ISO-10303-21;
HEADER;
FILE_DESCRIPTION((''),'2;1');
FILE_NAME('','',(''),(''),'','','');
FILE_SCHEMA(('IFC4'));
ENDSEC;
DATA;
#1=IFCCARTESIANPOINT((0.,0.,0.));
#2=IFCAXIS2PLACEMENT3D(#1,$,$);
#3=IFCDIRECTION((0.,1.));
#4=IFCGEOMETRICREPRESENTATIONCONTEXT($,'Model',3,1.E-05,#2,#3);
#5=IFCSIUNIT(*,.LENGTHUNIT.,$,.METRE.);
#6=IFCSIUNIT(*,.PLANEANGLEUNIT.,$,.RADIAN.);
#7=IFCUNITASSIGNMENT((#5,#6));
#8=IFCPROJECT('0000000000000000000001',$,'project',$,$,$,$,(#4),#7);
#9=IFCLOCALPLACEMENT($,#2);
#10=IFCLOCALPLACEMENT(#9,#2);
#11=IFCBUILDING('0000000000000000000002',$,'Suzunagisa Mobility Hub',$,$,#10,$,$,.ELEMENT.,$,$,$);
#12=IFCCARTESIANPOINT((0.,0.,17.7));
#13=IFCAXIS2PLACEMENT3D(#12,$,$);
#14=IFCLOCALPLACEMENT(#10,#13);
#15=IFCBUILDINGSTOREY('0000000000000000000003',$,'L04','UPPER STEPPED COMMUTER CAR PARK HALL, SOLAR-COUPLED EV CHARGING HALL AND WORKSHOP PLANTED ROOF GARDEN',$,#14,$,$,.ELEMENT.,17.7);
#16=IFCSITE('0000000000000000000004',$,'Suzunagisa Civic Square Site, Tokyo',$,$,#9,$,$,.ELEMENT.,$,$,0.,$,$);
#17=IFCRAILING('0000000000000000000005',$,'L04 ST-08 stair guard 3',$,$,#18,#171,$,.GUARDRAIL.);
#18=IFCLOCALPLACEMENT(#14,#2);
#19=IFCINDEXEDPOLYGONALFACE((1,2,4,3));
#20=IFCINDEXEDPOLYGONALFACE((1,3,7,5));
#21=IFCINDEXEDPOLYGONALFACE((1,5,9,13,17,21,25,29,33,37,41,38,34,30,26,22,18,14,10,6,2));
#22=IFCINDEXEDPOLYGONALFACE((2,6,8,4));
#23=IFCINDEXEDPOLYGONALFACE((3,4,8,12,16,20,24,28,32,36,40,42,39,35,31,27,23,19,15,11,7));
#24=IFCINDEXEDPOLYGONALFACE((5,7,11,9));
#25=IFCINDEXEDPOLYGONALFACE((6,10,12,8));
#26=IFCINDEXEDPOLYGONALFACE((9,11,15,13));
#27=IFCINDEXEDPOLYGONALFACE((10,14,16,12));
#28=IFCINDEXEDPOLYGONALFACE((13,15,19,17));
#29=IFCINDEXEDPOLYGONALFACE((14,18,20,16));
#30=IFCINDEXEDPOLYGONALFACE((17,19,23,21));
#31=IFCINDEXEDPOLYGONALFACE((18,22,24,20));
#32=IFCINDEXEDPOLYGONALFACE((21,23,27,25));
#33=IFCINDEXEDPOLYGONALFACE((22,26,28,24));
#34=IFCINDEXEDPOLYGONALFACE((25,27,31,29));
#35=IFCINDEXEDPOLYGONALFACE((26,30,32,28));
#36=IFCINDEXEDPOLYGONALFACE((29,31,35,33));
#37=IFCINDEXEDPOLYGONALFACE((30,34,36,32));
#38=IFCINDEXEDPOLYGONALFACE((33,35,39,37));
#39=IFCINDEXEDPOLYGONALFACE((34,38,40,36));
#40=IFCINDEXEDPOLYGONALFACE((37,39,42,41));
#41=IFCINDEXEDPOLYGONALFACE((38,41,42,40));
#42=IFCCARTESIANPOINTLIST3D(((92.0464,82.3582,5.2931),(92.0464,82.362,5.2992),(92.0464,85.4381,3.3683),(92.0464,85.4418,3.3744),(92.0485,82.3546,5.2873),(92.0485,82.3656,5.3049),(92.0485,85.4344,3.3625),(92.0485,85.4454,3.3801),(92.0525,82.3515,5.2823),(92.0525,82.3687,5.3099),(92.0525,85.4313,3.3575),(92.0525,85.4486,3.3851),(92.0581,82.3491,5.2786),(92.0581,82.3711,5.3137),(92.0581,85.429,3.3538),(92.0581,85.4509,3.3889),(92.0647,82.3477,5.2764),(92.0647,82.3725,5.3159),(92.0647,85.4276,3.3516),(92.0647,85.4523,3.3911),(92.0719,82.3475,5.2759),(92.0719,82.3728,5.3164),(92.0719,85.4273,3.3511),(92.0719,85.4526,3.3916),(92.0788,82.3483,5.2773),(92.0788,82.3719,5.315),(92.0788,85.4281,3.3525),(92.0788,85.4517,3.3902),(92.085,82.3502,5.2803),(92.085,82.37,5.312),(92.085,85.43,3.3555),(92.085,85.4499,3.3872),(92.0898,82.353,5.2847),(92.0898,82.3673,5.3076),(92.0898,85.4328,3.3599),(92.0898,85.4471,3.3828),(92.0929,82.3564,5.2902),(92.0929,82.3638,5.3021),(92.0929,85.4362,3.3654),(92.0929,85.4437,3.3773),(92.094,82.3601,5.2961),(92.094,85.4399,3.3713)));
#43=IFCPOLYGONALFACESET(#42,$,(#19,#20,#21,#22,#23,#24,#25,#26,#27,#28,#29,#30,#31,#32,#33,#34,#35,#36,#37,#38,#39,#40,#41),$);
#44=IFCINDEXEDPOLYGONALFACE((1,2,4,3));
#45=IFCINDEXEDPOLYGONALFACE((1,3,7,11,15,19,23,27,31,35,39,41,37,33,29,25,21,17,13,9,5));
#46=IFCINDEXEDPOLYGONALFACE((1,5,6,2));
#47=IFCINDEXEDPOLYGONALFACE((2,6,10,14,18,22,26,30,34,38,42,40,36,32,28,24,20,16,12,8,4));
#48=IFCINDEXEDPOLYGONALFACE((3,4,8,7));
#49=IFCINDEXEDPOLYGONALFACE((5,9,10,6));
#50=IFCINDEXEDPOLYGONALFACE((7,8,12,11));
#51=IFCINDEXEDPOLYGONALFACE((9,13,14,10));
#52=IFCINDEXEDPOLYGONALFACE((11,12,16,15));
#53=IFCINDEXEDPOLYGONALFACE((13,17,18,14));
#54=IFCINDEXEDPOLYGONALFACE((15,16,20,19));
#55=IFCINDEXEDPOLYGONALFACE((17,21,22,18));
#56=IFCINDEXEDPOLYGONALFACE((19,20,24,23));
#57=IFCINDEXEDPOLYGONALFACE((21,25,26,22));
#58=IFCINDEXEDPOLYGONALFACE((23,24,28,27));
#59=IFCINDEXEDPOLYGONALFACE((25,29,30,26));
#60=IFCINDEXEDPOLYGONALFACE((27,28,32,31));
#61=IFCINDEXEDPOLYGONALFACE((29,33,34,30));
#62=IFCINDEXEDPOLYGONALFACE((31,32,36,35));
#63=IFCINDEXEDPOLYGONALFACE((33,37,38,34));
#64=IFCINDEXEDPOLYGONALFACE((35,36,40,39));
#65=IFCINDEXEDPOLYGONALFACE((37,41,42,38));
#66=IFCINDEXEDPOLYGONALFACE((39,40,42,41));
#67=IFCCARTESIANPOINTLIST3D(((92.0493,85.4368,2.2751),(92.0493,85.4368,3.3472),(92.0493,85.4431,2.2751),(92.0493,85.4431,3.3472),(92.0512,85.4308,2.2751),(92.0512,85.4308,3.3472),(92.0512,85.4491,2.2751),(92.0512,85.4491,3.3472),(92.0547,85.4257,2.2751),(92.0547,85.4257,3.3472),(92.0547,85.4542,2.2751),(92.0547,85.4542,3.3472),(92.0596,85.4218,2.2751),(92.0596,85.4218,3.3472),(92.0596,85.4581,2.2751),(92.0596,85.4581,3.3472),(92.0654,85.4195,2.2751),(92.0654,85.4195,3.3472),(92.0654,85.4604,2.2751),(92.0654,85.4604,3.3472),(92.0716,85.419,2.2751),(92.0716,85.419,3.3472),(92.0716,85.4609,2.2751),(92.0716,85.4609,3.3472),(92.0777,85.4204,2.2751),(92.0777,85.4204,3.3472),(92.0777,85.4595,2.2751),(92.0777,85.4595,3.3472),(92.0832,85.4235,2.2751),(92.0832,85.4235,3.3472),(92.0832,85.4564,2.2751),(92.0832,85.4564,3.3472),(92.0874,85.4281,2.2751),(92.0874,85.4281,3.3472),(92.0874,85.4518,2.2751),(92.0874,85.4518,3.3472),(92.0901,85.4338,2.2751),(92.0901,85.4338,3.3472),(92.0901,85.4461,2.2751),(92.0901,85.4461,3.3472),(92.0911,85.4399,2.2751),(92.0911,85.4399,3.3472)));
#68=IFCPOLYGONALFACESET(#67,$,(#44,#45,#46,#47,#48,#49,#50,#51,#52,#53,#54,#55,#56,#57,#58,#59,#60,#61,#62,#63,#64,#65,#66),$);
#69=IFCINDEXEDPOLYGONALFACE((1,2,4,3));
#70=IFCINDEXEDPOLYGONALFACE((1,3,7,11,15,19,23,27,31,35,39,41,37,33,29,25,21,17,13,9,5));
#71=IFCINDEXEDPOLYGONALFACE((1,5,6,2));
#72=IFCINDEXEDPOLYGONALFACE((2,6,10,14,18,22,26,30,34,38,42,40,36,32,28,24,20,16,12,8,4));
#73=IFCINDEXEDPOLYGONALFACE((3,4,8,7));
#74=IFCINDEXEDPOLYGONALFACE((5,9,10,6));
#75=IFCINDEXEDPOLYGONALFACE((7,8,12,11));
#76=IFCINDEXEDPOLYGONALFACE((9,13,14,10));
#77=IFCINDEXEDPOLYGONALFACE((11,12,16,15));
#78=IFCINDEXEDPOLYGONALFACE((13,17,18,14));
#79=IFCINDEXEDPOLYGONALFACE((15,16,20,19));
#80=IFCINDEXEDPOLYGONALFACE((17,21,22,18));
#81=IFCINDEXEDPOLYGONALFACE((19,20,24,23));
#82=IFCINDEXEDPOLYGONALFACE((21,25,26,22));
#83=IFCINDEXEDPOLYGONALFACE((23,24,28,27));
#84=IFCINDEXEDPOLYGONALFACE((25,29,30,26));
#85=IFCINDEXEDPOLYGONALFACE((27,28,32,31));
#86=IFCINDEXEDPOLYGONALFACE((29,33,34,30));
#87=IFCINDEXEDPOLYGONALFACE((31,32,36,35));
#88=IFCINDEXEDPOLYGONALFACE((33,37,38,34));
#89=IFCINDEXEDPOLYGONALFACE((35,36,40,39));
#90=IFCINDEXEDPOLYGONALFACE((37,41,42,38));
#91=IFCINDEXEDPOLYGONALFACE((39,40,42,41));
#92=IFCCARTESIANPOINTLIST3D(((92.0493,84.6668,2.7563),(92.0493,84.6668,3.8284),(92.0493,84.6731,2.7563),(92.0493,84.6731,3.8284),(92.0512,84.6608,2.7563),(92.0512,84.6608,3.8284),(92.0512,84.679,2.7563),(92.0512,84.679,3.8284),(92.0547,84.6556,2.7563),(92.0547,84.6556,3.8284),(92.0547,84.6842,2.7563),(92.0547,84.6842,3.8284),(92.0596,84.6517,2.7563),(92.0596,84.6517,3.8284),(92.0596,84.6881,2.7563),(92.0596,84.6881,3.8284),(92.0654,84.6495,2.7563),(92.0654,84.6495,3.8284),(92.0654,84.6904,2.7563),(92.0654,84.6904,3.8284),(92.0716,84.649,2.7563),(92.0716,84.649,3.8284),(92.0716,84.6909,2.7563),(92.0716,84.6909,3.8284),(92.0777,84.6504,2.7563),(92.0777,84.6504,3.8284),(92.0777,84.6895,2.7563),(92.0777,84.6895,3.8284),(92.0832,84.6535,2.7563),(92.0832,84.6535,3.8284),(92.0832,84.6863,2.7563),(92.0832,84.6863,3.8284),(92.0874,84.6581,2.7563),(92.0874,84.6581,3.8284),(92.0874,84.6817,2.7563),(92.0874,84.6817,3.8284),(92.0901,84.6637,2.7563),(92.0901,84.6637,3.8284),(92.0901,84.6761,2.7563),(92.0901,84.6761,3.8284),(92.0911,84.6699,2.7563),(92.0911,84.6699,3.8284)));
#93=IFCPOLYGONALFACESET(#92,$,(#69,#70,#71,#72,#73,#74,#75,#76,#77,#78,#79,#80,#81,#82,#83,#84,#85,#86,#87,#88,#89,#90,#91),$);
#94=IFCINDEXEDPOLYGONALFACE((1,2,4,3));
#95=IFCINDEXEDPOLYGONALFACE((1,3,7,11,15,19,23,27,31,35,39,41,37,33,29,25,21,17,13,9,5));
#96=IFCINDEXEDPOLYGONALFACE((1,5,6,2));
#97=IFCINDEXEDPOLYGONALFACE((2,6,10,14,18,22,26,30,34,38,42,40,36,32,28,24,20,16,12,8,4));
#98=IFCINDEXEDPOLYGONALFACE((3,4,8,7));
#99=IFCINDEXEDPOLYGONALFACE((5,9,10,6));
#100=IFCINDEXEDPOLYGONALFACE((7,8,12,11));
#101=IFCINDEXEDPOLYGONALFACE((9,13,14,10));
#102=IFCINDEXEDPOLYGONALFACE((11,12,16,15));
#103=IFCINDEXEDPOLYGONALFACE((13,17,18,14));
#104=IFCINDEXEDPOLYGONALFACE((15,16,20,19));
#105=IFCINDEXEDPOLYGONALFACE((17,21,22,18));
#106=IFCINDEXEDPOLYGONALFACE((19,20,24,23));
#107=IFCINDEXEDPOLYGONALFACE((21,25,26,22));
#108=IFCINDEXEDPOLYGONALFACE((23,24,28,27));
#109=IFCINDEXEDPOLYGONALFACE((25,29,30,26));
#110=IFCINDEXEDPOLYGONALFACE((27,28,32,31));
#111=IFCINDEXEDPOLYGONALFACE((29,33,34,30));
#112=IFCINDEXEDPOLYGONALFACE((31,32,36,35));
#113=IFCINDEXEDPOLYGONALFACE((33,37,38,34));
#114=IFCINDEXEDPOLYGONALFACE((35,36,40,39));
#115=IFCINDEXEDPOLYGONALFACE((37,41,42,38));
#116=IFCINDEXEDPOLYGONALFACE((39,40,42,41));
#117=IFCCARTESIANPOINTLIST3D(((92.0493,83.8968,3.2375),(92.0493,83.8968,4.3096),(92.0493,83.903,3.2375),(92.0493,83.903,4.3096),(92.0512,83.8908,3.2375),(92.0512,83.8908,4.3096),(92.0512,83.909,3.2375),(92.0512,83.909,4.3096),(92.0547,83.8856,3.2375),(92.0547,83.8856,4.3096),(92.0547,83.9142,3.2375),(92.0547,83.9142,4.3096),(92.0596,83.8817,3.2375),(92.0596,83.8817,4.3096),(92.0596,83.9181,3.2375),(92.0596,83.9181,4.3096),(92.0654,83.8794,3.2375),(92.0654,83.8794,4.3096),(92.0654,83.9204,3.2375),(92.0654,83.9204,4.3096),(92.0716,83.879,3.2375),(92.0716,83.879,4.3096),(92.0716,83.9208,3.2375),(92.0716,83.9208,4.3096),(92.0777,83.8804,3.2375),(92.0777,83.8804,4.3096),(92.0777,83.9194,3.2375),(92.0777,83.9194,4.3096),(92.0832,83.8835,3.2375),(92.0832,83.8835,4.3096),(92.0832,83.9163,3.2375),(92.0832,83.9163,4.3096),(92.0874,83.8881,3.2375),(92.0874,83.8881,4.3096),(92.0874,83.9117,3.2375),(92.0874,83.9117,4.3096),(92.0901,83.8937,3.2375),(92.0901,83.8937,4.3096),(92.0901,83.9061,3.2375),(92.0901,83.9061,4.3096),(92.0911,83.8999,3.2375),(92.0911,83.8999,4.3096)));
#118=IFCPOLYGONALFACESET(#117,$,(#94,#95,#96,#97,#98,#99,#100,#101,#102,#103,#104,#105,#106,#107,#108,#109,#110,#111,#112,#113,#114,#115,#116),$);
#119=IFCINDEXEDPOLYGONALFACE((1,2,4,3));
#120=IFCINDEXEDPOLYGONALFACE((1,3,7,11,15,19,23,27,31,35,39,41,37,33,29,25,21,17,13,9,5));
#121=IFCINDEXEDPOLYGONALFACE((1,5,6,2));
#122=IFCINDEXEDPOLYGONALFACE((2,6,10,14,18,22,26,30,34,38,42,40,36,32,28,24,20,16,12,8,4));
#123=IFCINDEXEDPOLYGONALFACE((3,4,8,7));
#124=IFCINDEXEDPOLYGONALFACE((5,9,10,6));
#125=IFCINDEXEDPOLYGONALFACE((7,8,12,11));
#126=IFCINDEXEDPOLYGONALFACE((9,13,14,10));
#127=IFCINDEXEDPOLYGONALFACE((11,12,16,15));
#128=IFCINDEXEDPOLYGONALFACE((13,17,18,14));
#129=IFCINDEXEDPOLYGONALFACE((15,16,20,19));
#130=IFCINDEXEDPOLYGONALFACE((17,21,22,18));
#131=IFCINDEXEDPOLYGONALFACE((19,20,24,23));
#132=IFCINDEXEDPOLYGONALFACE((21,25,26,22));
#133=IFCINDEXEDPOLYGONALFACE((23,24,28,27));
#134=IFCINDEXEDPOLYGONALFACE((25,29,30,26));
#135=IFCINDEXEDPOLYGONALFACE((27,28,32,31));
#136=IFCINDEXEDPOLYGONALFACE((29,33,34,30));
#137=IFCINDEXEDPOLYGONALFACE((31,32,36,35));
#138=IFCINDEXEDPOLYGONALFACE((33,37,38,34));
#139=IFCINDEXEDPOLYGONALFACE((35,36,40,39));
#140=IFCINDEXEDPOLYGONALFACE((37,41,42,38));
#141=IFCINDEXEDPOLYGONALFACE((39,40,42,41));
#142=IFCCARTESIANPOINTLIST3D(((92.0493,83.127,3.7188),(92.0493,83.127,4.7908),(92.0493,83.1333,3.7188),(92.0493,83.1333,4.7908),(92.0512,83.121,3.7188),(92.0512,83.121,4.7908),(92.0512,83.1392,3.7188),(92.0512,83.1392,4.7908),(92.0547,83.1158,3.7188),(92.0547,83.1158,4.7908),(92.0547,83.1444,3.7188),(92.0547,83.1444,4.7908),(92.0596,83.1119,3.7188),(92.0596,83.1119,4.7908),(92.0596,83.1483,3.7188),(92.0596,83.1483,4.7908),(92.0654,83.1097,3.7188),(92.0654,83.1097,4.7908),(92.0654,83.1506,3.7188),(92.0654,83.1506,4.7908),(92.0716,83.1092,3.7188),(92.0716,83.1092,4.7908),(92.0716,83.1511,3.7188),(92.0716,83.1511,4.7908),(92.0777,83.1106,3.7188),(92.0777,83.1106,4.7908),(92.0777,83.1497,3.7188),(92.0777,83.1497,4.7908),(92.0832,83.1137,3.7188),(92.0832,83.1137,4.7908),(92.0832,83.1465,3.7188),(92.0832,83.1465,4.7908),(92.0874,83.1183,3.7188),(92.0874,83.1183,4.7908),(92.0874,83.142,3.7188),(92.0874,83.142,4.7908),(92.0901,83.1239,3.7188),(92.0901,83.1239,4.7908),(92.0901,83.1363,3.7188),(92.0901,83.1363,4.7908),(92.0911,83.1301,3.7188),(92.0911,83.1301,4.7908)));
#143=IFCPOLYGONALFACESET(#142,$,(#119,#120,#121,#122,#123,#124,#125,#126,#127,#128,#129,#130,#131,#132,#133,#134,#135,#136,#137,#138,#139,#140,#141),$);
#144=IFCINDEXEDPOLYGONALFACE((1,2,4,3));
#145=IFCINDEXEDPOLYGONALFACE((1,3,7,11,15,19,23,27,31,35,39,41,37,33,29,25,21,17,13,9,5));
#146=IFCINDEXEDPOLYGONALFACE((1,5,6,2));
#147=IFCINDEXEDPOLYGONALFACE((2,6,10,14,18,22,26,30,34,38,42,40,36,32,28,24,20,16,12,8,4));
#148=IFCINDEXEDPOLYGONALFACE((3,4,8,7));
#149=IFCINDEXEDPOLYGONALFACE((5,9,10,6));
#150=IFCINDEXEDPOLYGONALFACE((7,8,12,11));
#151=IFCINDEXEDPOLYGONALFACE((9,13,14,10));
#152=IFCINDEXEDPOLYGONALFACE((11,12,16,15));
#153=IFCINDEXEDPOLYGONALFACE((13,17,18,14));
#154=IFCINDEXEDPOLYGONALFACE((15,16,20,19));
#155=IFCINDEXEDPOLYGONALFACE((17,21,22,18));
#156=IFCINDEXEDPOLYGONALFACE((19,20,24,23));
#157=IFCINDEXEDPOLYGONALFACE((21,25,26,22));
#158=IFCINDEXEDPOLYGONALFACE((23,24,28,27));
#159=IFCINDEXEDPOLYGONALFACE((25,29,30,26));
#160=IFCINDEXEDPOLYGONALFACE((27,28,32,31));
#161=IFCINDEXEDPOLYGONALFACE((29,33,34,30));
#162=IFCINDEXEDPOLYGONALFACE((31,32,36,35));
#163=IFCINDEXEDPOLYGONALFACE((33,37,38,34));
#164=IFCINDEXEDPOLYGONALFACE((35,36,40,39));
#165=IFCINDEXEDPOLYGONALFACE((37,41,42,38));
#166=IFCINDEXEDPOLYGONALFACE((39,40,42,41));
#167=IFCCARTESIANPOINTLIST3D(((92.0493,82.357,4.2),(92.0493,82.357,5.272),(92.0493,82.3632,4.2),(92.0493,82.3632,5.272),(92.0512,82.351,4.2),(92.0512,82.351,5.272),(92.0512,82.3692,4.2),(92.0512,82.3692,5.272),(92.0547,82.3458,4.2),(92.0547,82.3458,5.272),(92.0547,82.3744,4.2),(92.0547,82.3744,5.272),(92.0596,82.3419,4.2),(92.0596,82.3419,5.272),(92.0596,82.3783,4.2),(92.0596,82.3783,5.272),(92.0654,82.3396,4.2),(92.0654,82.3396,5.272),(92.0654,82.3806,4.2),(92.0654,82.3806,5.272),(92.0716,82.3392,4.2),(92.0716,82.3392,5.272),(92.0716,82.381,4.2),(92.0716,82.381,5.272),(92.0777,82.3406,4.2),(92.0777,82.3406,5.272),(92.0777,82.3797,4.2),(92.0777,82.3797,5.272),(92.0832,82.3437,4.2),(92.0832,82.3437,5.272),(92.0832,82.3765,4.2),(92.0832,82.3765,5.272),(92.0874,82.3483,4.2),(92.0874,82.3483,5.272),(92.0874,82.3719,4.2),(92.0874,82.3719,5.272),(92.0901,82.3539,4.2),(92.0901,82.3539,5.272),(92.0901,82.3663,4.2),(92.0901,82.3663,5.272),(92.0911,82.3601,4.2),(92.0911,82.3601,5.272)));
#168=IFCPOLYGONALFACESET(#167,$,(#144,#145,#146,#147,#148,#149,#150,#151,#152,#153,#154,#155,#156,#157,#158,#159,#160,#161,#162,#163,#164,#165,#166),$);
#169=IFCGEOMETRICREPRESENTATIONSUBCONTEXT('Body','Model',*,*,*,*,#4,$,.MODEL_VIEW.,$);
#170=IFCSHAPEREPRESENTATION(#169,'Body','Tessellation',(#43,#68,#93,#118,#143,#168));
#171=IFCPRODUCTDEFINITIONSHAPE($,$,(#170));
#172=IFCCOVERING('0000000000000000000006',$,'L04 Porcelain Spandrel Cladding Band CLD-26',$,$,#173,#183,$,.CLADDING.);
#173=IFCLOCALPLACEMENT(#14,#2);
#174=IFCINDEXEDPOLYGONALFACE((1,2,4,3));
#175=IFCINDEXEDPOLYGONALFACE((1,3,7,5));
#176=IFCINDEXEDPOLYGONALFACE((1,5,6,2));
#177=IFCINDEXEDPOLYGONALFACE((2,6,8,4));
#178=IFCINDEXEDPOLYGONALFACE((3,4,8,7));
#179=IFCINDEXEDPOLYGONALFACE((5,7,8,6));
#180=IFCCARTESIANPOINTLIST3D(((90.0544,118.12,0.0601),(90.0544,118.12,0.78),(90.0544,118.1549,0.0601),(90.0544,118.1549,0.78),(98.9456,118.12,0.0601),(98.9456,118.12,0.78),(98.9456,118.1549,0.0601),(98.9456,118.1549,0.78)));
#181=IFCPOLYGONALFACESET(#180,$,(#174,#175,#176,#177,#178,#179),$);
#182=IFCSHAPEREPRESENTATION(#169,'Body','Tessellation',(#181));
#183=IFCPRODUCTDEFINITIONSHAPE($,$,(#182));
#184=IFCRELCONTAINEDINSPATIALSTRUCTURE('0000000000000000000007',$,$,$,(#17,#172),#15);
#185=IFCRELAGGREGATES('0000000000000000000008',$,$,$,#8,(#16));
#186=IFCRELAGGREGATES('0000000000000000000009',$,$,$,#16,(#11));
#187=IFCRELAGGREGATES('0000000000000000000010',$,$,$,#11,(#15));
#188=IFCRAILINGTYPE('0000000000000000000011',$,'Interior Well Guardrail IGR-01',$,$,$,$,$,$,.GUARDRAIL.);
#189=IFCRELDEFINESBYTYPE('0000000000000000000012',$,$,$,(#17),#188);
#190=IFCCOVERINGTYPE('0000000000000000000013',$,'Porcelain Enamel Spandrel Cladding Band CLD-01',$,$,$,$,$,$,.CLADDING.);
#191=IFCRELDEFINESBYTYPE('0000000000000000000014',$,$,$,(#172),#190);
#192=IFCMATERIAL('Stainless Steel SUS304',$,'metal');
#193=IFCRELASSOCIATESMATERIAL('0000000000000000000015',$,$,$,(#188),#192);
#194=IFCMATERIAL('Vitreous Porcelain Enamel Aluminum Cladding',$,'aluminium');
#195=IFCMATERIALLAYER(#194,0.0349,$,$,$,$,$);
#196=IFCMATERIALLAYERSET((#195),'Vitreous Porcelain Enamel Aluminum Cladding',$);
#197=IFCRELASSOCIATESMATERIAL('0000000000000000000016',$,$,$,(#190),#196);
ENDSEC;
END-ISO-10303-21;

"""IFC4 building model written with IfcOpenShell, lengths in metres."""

from ifc_helpers import new_model, si_unit, direction, frame, origin, origin_2d, place, context, subcontext, project, spatial, rectangle, circle, extrude, material, layer, layer_set, type_object, element, save


model = new_model("IFC4")

# Units and contexts
model_context = context("Model", 3, precision=1e-05, world=origin(), true_north=direction((0.0, 1.0)))
body_context = subcontext(model_context, "Body", "Model", "MODEL_VIEW")
ifc_project = project(units=[si_unit("LENGTHUNIT", "METRE"), si_unit("PLANEANGLEUNIT", "RADIAN")], contexts=[model_context])

# Site, building, storey
site_placement = place(None, origin())
site = spatial("IfcSite", under=ifc_project, at=site_placement, Name="Suzunagisa Civic Square Site, Tokyo", CompositionType="ELEMENT", RefElevation=0.0)
building_placement = place(site_placement, origin())
building = spatial("IfcBuilding", under=site, at=building_placement, Name="Suzunagisa Mobility Hub", CompositionType="ELEMENT")
storey_placement = place(building_placement, frame((0.0, 0.0, 17.7)))
storey = spatial("IfcBuildingStorey", under=building, at=storey_placement, Name="L04", Description="UPPER STEPPED COMMUTER CAR PARK HALL, SOLAR-COUPLED EV CHARGING HALL AND WORKSHOP PLANTED ROOF GARDEN", CompositionType="ELEMENT", Elevation=17.7)

# Railing
ifc_material_1 = material(Name="Stainless Steel SUS304", Category="metal")
railing_type = type_object("IfcRailingType", Name="Interior Well Guardrail IGR-01", PredefinedType="GUARDRAIL", material=ifc_material_1)
railing_1_placement = place(storey_placement, frame((92.0701, 85.4399, 2.2751)))
element("IfcRailing", 1, at=railing_1_placement, inside=storey, type_object=railing_type, Name="L04 ST-08 stair guard 3", PredefinedType="GUARDRAIL", context=body_context, shape_type="SweptSolid", body=[
    extrude(circle(Radius=0.0239, at=origin_2d()), frame((0.0, 0.0, 1.0962), z_axis=(0.0, -0.84801, 0.529981), x_axis=(1.0, 0.0, 0.0)), (0.0, 0.0, 1.0), 3.6318),
    extrude(circle(Radius=0.021, at=origin_2d()), origin(), (0.0, 0.0, 1.0), 1.072),
    extrude(circle(Radius=0.021, at=origin_2d()), frame((0.0, -0.77, 0.4812)), (0.0, 0.0, 1.0), 1.072),
    extrude(circle(Radius=0.021, at=origin_2d()), frame((0.0, -1.54, 0.9624)), (0.0, 0.0, 1.0), 1.072),
    extrude(circle(Radius=0.021, at=origin_2d()), frame((0.0, -2.3098, 1.4436)), (0.0, 0.0, 1.0), 1.072),
    extrude(circle(Radius=0.021, at=origin_2d()), frame((0.0, -3.0798, 1.9248)), (0.0, 0.0, 1.0), 1.072),
])

# Covering
ifc_material_2 = material(Name="Vitreous Porcelain Enamel Aluminum Cladding", Category="aluminium")
ifc_layer_1 = layer(ifc_material_2, 0.0349)
ifc_layer_set_1 = layer_set([ifc_layer_1], Name="Vitreous Porcelain Enamel Aluminum Cladding")
covering_type = type_object("IfcCoveringType", Name="Porcelain Enamel Spandrel Cladding Band CLD-01", PredefinedType="CLADDING", material=ifc_layer_set_1)
covering_placement = place(storey_placement, frame((94.5, 118.1375, 0.0601), z_axis=(0.0, 0.0, 1.0), x_axis=(-1.0, 0.0, 0.0)))
element("IfcCovering", 2, at=covering_placement, inside=storey, type_object=covering_type, Name="L04 Porcelain Spandrel Cladding Band CLD-26", PredefinedType="CLADDING", context=body_context, shape_type="SweptSolid", body=[
    extrude(rectangle(XDim=8.8911, YDim=0.0349, at=origin_2d()), origin(), (0.0, 0.0, 1.0), 0.72),
])

save(model, "model.ifc")
